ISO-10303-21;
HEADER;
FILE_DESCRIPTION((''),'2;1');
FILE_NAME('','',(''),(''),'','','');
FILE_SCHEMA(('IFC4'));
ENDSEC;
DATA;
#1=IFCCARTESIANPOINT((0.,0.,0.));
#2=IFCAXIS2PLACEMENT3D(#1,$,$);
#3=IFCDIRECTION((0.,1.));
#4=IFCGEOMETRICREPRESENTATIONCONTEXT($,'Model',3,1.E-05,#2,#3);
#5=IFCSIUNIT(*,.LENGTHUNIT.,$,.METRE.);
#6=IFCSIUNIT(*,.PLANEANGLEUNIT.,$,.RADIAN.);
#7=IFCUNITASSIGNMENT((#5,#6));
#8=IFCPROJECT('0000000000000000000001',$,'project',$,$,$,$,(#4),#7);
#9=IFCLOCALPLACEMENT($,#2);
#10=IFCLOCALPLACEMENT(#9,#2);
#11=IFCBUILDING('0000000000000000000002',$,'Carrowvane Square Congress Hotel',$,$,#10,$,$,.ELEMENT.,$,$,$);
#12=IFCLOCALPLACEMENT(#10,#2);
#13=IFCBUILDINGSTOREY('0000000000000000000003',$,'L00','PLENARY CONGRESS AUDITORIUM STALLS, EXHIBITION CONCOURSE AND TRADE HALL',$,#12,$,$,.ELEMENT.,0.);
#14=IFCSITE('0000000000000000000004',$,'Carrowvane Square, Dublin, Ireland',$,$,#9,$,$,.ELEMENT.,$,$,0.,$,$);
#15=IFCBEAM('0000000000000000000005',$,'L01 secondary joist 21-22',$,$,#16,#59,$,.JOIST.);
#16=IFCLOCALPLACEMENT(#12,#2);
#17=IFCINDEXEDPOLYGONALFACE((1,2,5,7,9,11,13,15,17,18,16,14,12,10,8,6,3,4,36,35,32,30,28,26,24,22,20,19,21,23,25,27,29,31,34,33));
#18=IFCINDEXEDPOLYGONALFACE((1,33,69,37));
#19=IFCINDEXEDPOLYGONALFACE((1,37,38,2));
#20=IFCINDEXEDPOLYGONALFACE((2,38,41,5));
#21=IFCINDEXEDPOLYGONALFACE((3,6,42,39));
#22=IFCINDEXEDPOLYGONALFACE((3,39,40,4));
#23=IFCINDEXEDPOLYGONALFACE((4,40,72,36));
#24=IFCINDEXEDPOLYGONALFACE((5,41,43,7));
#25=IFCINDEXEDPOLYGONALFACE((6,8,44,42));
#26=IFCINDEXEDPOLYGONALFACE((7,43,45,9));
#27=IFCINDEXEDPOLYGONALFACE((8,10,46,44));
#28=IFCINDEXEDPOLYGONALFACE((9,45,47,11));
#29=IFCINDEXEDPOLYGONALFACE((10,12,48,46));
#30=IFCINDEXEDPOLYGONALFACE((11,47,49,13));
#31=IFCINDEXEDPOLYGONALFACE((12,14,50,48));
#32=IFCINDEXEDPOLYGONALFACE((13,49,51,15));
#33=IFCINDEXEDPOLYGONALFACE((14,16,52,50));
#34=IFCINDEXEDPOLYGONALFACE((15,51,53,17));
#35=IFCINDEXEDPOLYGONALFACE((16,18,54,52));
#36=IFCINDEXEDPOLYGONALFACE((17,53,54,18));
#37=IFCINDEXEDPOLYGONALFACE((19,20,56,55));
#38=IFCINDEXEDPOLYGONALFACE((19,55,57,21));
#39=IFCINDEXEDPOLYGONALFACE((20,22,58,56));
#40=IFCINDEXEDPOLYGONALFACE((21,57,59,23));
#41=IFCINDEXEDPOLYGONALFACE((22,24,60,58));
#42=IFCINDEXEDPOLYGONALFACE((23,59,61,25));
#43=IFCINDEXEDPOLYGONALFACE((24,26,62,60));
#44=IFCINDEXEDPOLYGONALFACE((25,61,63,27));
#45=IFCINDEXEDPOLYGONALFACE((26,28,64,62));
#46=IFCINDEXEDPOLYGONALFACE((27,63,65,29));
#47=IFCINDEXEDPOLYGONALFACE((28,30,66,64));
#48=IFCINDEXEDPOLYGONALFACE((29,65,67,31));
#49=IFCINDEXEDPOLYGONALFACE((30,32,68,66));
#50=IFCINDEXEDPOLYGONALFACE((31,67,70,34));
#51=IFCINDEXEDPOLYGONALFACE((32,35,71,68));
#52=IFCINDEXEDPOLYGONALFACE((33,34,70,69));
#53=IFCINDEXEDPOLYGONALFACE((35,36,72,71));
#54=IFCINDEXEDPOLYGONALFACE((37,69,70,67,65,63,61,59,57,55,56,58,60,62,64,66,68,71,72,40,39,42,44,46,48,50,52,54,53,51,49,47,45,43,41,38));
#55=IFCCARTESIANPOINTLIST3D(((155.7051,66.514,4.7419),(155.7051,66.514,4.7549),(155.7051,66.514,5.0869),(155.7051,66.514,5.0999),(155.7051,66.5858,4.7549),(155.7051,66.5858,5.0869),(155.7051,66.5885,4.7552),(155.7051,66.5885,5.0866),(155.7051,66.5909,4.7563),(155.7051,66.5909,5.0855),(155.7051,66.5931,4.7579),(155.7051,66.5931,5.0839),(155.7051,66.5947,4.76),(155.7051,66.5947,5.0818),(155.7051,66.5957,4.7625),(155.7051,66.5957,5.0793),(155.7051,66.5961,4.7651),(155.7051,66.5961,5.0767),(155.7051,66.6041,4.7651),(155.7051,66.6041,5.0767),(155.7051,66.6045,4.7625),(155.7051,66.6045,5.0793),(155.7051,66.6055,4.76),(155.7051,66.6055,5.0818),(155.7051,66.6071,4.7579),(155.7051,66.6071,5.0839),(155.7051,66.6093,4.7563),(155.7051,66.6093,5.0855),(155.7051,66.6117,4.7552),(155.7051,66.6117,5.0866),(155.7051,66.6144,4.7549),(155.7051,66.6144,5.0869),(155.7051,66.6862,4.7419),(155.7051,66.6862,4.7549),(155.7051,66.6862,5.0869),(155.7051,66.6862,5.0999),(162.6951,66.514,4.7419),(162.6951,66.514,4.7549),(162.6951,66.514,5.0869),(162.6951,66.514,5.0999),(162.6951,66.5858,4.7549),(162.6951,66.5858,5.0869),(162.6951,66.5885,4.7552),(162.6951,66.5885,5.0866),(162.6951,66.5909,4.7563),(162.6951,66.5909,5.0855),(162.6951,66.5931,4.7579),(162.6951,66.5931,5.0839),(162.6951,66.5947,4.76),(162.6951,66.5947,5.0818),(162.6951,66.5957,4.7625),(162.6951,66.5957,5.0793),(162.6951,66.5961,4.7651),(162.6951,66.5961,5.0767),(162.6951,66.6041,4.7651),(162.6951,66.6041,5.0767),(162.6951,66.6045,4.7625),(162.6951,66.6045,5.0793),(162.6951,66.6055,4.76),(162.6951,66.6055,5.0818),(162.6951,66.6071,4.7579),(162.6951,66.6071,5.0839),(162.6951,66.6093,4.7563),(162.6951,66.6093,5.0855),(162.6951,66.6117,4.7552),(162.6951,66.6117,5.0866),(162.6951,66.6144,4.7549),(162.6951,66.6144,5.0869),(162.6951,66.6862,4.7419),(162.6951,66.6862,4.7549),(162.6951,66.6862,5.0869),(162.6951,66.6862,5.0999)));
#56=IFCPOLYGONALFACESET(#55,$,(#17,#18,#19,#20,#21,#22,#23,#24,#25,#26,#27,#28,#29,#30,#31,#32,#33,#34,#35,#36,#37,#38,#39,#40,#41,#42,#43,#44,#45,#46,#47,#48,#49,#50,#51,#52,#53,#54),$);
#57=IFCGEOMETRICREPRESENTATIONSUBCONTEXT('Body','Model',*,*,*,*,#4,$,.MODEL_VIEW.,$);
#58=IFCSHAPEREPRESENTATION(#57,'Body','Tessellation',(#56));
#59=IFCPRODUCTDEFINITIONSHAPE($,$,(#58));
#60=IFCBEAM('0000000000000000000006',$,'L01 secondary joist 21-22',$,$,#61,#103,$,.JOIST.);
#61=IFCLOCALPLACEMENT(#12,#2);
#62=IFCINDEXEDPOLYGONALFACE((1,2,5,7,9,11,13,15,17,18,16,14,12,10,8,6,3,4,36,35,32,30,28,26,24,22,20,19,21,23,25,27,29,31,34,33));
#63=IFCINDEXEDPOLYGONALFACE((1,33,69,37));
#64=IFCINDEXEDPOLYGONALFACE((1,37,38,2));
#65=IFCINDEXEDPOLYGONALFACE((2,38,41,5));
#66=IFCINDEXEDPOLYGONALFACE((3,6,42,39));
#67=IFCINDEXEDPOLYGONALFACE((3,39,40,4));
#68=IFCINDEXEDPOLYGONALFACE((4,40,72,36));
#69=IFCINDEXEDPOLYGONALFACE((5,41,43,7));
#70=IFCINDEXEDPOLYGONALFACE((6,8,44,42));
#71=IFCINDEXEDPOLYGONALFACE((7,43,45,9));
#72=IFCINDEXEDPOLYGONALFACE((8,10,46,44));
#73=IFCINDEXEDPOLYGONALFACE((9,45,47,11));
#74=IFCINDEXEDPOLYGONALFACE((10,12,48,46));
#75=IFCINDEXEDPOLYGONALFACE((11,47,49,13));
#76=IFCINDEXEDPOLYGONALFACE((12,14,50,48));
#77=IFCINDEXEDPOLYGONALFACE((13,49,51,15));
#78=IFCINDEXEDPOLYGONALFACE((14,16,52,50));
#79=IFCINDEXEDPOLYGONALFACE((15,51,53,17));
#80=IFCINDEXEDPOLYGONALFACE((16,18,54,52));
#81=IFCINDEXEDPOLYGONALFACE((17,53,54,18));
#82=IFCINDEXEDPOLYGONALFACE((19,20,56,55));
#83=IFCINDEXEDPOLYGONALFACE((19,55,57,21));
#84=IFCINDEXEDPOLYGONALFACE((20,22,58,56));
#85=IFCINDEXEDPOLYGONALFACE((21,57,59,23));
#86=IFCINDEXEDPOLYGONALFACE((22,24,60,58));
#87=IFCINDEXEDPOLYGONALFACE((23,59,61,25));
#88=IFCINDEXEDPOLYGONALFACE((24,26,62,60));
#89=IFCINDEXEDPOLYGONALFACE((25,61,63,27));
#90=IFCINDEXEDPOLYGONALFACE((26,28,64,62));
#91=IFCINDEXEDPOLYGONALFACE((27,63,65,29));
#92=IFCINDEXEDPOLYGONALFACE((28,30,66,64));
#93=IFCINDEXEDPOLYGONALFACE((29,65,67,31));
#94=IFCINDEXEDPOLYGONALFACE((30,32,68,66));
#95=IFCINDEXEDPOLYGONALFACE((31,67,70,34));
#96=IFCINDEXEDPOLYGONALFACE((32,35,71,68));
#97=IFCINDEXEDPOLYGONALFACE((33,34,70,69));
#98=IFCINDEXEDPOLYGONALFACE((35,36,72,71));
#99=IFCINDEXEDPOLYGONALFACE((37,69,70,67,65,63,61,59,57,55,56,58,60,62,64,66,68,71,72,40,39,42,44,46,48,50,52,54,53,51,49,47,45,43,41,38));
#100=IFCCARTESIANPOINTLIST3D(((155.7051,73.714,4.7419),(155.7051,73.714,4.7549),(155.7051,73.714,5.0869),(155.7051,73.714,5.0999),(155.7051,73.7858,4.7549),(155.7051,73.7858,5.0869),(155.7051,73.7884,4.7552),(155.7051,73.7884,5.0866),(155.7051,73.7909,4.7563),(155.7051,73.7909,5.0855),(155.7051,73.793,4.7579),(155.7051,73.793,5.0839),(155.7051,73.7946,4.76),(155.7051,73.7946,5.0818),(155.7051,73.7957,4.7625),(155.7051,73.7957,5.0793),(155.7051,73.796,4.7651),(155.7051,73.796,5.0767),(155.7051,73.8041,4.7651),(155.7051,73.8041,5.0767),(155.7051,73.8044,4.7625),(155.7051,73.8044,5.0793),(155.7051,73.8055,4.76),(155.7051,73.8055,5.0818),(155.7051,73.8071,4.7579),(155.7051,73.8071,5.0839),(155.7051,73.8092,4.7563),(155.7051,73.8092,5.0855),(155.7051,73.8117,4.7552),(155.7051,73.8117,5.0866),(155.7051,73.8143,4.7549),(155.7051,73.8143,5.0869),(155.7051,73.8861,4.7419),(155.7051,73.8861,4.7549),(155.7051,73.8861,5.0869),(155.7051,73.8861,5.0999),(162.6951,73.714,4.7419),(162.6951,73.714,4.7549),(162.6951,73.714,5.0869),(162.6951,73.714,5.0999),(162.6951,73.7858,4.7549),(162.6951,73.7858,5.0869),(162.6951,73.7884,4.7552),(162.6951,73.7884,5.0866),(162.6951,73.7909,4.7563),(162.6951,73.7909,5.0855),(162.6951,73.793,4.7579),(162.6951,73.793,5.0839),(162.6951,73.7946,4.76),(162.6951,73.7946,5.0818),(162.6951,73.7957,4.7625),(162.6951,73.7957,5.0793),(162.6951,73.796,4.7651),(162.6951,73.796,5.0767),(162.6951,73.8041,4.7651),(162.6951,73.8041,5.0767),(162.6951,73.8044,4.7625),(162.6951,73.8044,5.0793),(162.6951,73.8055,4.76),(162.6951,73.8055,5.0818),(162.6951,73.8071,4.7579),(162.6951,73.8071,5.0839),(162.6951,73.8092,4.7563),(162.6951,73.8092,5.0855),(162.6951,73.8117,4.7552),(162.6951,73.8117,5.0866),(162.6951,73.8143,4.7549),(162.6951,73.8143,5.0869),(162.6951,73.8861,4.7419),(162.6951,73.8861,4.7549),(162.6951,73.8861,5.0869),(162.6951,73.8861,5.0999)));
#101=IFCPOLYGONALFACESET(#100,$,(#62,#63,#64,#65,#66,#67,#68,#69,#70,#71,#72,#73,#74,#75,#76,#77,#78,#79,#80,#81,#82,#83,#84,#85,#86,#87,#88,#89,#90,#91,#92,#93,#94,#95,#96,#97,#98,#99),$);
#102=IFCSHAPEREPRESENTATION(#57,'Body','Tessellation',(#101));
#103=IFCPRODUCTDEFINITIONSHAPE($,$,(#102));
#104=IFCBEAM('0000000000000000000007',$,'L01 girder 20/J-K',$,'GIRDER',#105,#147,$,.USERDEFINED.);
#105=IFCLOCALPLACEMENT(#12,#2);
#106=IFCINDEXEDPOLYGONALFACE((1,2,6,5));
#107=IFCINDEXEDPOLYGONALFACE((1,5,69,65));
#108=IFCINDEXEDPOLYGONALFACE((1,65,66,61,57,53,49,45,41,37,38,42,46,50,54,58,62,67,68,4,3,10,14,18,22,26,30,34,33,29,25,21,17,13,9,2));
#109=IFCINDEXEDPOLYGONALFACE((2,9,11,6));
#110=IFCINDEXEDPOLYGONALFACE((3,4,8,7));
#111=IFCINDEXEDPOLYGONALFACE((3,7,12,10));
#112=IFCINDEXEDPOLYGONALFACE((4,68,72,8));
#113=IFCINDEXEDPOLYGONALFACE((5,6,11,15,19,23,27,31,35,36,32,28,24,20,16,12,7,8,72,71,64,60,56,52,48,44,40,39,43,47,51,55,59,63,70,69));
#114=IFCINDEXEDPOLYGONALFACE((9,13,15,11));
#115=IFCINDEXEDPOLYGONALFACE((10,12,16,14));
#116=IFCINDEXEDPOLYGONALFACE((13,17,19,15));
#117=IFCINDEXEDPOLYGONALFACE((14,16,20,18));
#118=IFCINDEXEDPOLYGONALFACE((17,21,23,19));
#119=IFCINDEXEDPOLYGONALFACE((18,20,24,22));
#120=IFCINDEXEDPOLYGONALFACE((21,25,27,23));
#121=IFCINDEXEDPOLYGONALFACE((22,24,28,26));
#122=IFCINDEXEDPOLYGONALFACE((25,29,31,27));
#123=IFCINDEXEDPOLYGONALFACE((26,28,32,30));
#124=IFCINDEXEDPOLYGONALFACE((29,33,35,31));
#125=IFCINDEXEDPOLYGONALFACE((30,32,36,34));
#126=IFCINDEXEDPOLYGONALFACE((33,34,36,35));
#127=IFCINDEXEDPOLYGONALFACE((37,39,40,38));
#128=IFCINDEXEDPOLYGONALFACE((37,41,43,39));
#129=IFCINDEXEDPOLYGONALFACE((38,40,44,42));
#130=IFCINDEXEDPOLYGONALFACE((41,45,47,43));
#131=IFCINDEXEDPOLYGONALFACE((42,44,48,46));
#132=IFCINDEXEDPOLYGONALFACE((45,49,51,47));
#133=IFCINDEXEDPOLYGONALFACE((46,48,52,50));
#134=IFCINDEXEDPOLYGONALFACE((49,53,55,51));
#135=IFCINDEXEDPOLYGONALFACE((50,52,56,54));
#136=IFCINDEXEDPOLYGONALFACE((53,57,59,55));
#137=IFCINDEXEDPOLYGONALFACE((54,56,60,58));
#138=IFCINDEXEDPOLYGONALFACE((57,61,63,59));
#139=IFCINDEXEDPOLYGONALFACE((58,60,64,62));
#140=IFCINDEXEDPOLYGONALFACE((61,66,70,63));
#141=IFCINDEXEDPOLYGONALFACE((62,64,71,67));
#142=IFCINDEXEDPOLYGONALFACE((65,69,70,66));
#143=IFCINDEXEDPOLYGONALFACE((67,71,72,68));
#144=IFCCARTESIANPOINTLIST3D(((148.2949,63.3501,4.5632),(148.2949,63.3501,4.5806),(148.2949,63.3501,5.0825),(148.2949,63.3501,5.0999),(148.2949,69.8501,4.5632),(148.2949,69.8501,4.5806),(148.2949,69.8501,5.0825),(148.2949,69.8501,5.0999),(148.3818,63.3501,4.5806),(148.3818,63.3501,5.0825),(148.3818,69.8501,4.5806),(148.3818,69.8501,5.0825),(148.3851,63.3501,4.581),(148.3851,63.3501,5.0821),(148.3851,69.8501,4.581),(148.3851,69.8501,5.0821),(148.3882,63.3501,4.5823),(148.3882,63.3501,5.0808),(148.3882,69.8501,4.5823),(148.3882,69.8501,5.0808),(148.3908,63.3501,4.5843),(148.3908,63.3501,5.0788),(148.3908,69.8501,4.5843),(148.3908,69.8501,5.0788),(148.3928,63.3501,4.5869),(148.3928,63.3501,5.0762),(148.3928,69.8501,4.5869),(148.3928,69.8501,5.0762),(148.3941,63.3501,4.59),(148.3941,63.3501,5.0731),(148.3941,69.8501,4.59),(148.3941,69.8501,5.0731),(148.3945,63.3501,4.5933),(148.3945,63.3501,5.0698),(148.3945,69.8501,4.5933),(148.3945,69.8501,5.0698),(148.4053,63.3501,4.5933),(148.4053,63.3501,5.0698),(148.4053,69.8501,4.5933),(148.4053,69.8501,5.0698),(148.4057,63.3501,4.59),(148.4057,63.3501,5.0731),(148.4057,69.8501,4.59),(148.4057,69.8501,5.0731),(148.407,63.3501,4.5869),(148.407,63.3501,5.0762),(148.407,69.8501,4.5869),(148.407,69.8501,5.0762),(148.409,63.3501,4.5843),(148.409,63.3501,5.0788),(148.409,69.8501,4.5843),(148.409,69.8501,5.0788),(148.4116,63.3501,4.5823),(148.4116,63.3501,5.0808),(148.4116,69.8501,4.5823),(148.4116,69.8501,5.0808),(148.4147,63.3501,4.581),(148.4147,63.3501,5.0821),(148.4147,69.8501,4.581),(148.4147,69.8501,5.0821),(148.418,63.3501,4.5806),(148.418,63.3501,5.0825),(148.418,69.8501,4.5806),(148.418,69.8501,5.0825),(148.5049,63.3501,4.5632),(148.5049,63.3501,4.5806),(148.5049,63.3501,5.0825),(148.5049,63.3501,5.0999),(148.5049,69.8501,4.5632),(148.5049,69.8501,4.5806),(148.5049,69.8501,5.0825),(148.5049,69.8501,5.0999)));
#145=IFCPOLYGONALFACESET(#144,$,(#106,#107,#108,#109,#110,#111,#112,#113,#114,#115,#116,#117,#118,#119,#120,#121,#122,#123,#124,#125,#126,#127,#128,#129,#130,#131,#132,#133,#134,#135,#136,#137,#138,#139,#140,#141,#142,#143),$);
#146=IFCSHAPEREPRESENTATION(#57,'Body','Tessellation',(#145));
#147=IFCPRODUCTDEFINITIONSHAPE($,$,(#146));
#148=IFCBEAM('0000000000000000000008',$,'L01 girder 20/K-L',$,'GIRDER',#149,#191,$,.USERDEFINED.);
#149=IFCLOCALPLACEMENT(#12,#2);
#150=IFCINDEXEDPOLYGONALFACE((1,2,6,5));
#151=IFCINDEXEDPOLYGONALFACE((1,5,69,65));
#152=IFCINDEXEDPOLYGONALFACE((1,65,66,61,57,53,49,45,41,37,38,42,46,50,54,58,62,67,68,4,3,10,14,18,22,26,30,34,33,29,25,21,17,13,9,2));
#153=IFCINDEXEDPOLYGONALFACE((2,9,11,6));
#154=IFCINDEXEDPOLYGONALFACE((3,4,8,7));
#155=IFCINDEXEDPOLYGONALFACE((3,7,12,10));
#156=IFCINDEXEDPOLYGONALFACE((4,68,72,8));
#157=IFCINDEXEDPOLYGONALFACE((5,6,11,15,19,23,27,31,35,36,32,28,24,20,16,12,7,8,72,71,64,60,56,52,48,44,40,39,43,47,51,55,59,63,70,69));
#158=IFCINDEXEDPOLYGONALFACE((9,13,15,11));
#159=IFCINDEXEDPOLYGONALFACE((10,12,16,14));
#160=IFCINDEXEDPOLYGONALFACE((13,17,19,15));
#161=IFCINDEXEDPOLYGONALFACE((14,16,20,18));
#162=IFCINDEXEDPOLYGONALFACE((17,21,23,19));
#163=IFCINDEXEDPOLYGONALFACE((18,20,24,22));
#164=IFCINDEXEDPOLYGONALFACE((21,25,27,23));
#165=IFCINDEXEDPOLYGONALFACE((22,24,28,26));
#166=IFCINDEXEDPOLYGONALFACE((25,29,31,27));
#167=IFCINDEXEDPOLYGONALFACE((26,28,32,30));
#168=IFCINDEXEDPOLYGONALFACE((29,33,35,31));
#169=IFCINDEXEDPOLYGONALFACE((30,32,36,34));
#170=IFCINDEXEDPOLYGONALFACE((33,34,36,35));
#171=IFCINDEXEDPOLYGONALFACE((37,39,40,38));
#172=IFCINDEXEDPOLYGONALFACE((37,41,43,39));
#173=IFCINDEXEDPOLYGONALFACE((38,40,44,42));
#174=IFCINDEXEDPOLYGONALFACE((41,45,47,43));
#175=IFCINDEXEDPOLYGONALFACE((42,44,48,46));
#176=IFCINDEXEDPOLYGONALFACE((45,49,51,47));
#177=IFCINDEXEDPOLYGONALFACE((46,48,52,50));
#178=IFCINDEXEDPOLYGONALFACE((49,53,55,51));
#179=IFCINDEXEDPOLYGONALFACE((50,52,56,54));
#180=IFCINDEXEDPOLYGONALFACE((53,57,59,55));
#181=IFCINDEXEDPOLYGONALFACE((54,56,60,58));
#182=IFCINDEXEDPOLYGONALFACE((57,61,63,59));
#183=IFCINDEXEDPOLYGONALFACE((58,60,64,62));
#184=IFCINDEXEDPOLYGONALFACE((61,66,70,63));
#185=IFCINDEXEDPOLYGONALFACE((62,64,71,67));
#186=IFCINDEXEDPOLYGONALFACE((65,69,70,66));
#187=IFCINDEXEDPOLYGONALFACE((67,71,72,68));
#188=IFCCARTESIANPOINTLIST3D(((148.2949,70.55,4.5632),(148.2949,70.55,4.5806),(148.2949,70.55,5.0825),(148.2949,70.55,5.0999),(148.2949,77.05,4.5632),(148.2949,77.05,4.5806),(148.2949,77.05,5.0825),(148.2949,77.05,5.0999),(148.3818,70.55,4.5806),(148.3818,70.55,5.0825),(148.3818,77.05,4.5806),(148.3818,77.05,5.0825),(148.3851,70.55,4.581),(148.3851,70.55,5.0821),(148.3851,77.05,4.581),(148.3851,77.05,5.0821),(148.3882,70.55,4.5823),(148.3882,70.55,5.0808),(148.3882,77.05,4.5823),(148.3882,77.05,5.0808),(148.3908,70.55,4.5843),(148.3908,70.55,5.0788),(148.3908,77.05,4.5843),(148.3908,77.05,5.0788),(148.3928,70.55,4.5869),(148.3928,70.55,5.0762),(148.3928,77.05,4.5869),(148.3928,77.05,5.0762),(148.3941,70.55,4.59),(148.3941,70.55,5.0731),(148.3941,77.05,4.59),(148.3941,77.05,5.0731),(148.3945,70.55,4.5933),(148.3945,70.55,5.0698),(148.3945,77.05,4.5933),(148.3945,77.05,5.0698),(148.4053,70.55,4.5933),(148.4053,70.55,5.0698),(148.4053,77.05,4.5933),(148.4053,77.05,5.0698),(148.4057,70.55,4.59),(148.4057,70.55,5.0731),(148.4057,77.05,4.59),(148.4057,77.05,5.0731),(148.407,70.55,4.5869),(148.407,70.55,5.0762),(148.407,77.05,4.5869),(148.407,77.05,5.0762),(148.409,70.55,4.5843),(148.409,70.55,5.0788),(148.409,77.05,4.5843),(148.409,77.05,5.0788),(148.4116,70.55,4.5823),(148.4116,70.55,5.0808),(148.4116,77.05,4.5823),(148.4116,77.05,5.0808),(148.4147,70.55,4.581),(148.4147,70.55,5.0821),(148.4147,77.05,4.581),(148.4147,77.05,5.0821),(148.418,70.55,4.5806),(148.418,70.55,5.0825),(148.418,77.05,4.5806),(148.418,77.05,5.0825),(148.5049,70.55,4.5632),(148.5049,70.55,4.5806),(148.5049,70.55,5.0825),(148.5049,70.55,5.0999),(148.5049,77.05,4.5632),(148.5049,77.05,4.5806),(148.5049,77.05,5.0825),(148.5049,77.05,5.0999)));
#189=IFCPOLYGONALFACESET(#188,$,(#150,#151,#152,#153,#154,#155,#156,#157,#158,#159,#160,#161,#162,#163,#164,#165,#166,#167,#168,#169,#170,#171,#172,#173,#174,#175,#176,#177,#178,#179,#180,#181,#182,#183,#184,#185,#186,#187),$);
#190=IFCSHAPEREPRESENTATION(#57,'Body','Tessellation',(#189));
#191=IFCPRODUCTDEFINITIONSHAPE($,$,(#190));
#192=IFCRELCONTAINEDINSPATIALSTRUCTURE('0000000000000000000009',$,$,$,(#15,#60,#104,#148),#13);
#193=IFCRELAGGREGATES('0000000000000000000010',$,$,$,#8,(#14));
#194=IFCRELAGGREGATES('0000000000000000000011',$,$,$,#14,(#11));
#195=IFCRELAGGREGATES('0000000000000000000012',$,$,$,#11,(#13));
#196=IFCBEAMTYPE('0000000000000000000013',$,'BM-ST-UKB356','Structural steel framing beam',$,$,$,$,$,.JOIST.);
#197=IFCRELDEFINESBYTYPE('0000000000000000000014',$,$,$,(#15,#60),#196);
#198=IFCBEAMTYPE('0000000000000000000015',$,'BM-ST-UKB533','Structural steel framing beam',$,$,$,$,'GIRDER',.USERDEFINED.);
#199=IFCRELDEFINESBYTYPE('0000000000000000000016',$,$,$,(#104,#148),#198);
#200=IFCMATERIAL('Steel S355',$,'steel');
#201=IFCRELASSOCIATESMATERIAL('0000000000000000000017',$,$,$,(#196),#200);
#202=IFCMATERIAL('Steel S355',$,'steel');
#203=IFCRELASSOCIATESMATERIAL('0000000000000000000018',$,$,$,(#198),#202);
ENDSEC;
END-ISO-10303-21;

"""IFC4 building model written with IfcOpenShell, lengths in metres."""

from ifc_helpers import new_model, si_unit, direction, frame, origin, origin_2d, place, context, subcontext, project, spatial, i_section, extrude, material, material_profile, profile_set, type_object, element, save


model = new_model("IFC4")

# Units and contexts
model_context = context("Model", 3, precision=1e-05, world=origin(), true_north=direction((0.0, 1.0)))
body_context = subcontext(model_context, "Body", "Model", "MODEL_VIEW")
ifc_project = project(units=[si_unit("LENGTHUNIT", "METRE"), si_unit("PLANEANGLEUNIT", "RADIAN")], contexts=[model_context])

# Site, building, storey
site_placement = place(None, origin())
site = spatial("IfcSite", under=ifc_project, at=site_placement, Name="Carrowvane Square, Dublin, Ireland", CompositionType="ELEMENT", RefElevation=0.0)
building_placement = place(site_placement, origin())
building = spatial("IfcBuilding", under=site, at=building_placement, Name="Carrowvane Square Congress Hotel", CompositionType="ELEMENT")
storey_placement = place(building_placement, origin())
storey = spatial("IfcBuildingStorey", under=building, at=storey_placement, Name="L00", Description="PLENARY CONGRESS AUDITORIUM STALLS, EXHIBITION CONCOURSE AND TRADE HALL", CompositionType="ELEMENT", Elevation=0.0)

# Beams
ifc_material_1 = material(Name="Steel S355", Category="steel")
ifc_material_profile_1 = material_profile(ifc_material_1, i_section(OverallWidth=0.1721, OverallDepth=0.3579, WebThickness=0.0081, FlangeThickness=0.0129, FilletRadius=0.0103, at=origin_2d()), Name="UKB 356x171x57")
ifc_profile_set_1 = profile_set([ifc_material_profile_1], Name="Steel S355")
beam_type_1 = type_object("IfcBeamType", Name="BM-ST-UKB356", Description="Structural steel framing beam", PredefinedType="JOIST", material=ifc_profile_set_1)
for number, where, z_axis, x_axis, name in (
    (1, (155.7051, 66.6001, 4.9209), (1.0, 0.0, 0.0), (0.0, 1.0, 0.0), "L01 secondary joist 21-22"),
    (2, (155.7051, 73.8, 4.9209), (1.0, 0.0, 0.0), (0.0, 1.0, 0.0), "L01 secondary joist 21-22"),
):
    element("IfcBeam", number, at=place(storey_placement, frame(where, z_axis=z_axis, x_axis=x_axis)), inside=storey, type_object=beam_type_1, Name=name, PredefinedType="JOIST", context=body_context, shape_type="SweptSolid", body=[
        extrude(i_section(OverallWidth=0.1721, OverallDepth=0.3579, WebThickness=0.0081, FlangeThickness=0.0129, FilletRadius=0.0103, at=origin_2d()), origin(), (0.0, 0.0, 1.0), 6.99),
    ])
ifc_material_2 = material(Name="Steel S355", Category="steel")
ifc_material_profile_2 = material_profile(ifc_material_2, i_section(OverallWidth=0.21, OverallDepth=0.5366, WebThickness=0.0107, FlangeThickness=0.0173, FilletRadius=0.0127, at=origin_2d()), Name="UKB 533x210x101")
ifc_profile_set_2 = profile_set([ifc_material_profile_2], Name="Steel S355")
beam_type_2 = type_object("IfcBeamType", Name="BM-ST-UKB533", Description="Structural steel framing beam", ElementType="GIRDER", PredefinedType="USERDEFINED", material=ifc_profile_set_2)
for number, where, z_axis, x_axis, name in (
    (3, (148.3999, 63.3501, 4.8315), (0.0, 1.0, 0.0), (-1.0, 0.0, 0.0), "L01 girder 20/J-K"),
    (4, (148.3999, 70.55, 4.8315), (0.0, 1.0, 0.0), (-1.0, 0.0, 0.0), "L01 girder 20/K-L"),
):
    element("IfcBeam", number, at=place(storey_placement, frame(where, z_axis=z_axis, x_axis=x_axis)), inside=storey, type_object=beam_type_2, Name=name, ObjectType="GIRDER", PredefinedType="USERDEFINED", context=body_context, shape_type="SweptSolid", body=[
        extrude(i_section(OverallWidth=0.21, OverallDepth=0.5366, WebThickness=0.0107, FlangeThickness=0.0173, FilletRadius=0.0127, at=origin_2d()), origin(), (0.0, 0.0, 1.0), 6.5),
    ])

save(model, "model.ifc")
